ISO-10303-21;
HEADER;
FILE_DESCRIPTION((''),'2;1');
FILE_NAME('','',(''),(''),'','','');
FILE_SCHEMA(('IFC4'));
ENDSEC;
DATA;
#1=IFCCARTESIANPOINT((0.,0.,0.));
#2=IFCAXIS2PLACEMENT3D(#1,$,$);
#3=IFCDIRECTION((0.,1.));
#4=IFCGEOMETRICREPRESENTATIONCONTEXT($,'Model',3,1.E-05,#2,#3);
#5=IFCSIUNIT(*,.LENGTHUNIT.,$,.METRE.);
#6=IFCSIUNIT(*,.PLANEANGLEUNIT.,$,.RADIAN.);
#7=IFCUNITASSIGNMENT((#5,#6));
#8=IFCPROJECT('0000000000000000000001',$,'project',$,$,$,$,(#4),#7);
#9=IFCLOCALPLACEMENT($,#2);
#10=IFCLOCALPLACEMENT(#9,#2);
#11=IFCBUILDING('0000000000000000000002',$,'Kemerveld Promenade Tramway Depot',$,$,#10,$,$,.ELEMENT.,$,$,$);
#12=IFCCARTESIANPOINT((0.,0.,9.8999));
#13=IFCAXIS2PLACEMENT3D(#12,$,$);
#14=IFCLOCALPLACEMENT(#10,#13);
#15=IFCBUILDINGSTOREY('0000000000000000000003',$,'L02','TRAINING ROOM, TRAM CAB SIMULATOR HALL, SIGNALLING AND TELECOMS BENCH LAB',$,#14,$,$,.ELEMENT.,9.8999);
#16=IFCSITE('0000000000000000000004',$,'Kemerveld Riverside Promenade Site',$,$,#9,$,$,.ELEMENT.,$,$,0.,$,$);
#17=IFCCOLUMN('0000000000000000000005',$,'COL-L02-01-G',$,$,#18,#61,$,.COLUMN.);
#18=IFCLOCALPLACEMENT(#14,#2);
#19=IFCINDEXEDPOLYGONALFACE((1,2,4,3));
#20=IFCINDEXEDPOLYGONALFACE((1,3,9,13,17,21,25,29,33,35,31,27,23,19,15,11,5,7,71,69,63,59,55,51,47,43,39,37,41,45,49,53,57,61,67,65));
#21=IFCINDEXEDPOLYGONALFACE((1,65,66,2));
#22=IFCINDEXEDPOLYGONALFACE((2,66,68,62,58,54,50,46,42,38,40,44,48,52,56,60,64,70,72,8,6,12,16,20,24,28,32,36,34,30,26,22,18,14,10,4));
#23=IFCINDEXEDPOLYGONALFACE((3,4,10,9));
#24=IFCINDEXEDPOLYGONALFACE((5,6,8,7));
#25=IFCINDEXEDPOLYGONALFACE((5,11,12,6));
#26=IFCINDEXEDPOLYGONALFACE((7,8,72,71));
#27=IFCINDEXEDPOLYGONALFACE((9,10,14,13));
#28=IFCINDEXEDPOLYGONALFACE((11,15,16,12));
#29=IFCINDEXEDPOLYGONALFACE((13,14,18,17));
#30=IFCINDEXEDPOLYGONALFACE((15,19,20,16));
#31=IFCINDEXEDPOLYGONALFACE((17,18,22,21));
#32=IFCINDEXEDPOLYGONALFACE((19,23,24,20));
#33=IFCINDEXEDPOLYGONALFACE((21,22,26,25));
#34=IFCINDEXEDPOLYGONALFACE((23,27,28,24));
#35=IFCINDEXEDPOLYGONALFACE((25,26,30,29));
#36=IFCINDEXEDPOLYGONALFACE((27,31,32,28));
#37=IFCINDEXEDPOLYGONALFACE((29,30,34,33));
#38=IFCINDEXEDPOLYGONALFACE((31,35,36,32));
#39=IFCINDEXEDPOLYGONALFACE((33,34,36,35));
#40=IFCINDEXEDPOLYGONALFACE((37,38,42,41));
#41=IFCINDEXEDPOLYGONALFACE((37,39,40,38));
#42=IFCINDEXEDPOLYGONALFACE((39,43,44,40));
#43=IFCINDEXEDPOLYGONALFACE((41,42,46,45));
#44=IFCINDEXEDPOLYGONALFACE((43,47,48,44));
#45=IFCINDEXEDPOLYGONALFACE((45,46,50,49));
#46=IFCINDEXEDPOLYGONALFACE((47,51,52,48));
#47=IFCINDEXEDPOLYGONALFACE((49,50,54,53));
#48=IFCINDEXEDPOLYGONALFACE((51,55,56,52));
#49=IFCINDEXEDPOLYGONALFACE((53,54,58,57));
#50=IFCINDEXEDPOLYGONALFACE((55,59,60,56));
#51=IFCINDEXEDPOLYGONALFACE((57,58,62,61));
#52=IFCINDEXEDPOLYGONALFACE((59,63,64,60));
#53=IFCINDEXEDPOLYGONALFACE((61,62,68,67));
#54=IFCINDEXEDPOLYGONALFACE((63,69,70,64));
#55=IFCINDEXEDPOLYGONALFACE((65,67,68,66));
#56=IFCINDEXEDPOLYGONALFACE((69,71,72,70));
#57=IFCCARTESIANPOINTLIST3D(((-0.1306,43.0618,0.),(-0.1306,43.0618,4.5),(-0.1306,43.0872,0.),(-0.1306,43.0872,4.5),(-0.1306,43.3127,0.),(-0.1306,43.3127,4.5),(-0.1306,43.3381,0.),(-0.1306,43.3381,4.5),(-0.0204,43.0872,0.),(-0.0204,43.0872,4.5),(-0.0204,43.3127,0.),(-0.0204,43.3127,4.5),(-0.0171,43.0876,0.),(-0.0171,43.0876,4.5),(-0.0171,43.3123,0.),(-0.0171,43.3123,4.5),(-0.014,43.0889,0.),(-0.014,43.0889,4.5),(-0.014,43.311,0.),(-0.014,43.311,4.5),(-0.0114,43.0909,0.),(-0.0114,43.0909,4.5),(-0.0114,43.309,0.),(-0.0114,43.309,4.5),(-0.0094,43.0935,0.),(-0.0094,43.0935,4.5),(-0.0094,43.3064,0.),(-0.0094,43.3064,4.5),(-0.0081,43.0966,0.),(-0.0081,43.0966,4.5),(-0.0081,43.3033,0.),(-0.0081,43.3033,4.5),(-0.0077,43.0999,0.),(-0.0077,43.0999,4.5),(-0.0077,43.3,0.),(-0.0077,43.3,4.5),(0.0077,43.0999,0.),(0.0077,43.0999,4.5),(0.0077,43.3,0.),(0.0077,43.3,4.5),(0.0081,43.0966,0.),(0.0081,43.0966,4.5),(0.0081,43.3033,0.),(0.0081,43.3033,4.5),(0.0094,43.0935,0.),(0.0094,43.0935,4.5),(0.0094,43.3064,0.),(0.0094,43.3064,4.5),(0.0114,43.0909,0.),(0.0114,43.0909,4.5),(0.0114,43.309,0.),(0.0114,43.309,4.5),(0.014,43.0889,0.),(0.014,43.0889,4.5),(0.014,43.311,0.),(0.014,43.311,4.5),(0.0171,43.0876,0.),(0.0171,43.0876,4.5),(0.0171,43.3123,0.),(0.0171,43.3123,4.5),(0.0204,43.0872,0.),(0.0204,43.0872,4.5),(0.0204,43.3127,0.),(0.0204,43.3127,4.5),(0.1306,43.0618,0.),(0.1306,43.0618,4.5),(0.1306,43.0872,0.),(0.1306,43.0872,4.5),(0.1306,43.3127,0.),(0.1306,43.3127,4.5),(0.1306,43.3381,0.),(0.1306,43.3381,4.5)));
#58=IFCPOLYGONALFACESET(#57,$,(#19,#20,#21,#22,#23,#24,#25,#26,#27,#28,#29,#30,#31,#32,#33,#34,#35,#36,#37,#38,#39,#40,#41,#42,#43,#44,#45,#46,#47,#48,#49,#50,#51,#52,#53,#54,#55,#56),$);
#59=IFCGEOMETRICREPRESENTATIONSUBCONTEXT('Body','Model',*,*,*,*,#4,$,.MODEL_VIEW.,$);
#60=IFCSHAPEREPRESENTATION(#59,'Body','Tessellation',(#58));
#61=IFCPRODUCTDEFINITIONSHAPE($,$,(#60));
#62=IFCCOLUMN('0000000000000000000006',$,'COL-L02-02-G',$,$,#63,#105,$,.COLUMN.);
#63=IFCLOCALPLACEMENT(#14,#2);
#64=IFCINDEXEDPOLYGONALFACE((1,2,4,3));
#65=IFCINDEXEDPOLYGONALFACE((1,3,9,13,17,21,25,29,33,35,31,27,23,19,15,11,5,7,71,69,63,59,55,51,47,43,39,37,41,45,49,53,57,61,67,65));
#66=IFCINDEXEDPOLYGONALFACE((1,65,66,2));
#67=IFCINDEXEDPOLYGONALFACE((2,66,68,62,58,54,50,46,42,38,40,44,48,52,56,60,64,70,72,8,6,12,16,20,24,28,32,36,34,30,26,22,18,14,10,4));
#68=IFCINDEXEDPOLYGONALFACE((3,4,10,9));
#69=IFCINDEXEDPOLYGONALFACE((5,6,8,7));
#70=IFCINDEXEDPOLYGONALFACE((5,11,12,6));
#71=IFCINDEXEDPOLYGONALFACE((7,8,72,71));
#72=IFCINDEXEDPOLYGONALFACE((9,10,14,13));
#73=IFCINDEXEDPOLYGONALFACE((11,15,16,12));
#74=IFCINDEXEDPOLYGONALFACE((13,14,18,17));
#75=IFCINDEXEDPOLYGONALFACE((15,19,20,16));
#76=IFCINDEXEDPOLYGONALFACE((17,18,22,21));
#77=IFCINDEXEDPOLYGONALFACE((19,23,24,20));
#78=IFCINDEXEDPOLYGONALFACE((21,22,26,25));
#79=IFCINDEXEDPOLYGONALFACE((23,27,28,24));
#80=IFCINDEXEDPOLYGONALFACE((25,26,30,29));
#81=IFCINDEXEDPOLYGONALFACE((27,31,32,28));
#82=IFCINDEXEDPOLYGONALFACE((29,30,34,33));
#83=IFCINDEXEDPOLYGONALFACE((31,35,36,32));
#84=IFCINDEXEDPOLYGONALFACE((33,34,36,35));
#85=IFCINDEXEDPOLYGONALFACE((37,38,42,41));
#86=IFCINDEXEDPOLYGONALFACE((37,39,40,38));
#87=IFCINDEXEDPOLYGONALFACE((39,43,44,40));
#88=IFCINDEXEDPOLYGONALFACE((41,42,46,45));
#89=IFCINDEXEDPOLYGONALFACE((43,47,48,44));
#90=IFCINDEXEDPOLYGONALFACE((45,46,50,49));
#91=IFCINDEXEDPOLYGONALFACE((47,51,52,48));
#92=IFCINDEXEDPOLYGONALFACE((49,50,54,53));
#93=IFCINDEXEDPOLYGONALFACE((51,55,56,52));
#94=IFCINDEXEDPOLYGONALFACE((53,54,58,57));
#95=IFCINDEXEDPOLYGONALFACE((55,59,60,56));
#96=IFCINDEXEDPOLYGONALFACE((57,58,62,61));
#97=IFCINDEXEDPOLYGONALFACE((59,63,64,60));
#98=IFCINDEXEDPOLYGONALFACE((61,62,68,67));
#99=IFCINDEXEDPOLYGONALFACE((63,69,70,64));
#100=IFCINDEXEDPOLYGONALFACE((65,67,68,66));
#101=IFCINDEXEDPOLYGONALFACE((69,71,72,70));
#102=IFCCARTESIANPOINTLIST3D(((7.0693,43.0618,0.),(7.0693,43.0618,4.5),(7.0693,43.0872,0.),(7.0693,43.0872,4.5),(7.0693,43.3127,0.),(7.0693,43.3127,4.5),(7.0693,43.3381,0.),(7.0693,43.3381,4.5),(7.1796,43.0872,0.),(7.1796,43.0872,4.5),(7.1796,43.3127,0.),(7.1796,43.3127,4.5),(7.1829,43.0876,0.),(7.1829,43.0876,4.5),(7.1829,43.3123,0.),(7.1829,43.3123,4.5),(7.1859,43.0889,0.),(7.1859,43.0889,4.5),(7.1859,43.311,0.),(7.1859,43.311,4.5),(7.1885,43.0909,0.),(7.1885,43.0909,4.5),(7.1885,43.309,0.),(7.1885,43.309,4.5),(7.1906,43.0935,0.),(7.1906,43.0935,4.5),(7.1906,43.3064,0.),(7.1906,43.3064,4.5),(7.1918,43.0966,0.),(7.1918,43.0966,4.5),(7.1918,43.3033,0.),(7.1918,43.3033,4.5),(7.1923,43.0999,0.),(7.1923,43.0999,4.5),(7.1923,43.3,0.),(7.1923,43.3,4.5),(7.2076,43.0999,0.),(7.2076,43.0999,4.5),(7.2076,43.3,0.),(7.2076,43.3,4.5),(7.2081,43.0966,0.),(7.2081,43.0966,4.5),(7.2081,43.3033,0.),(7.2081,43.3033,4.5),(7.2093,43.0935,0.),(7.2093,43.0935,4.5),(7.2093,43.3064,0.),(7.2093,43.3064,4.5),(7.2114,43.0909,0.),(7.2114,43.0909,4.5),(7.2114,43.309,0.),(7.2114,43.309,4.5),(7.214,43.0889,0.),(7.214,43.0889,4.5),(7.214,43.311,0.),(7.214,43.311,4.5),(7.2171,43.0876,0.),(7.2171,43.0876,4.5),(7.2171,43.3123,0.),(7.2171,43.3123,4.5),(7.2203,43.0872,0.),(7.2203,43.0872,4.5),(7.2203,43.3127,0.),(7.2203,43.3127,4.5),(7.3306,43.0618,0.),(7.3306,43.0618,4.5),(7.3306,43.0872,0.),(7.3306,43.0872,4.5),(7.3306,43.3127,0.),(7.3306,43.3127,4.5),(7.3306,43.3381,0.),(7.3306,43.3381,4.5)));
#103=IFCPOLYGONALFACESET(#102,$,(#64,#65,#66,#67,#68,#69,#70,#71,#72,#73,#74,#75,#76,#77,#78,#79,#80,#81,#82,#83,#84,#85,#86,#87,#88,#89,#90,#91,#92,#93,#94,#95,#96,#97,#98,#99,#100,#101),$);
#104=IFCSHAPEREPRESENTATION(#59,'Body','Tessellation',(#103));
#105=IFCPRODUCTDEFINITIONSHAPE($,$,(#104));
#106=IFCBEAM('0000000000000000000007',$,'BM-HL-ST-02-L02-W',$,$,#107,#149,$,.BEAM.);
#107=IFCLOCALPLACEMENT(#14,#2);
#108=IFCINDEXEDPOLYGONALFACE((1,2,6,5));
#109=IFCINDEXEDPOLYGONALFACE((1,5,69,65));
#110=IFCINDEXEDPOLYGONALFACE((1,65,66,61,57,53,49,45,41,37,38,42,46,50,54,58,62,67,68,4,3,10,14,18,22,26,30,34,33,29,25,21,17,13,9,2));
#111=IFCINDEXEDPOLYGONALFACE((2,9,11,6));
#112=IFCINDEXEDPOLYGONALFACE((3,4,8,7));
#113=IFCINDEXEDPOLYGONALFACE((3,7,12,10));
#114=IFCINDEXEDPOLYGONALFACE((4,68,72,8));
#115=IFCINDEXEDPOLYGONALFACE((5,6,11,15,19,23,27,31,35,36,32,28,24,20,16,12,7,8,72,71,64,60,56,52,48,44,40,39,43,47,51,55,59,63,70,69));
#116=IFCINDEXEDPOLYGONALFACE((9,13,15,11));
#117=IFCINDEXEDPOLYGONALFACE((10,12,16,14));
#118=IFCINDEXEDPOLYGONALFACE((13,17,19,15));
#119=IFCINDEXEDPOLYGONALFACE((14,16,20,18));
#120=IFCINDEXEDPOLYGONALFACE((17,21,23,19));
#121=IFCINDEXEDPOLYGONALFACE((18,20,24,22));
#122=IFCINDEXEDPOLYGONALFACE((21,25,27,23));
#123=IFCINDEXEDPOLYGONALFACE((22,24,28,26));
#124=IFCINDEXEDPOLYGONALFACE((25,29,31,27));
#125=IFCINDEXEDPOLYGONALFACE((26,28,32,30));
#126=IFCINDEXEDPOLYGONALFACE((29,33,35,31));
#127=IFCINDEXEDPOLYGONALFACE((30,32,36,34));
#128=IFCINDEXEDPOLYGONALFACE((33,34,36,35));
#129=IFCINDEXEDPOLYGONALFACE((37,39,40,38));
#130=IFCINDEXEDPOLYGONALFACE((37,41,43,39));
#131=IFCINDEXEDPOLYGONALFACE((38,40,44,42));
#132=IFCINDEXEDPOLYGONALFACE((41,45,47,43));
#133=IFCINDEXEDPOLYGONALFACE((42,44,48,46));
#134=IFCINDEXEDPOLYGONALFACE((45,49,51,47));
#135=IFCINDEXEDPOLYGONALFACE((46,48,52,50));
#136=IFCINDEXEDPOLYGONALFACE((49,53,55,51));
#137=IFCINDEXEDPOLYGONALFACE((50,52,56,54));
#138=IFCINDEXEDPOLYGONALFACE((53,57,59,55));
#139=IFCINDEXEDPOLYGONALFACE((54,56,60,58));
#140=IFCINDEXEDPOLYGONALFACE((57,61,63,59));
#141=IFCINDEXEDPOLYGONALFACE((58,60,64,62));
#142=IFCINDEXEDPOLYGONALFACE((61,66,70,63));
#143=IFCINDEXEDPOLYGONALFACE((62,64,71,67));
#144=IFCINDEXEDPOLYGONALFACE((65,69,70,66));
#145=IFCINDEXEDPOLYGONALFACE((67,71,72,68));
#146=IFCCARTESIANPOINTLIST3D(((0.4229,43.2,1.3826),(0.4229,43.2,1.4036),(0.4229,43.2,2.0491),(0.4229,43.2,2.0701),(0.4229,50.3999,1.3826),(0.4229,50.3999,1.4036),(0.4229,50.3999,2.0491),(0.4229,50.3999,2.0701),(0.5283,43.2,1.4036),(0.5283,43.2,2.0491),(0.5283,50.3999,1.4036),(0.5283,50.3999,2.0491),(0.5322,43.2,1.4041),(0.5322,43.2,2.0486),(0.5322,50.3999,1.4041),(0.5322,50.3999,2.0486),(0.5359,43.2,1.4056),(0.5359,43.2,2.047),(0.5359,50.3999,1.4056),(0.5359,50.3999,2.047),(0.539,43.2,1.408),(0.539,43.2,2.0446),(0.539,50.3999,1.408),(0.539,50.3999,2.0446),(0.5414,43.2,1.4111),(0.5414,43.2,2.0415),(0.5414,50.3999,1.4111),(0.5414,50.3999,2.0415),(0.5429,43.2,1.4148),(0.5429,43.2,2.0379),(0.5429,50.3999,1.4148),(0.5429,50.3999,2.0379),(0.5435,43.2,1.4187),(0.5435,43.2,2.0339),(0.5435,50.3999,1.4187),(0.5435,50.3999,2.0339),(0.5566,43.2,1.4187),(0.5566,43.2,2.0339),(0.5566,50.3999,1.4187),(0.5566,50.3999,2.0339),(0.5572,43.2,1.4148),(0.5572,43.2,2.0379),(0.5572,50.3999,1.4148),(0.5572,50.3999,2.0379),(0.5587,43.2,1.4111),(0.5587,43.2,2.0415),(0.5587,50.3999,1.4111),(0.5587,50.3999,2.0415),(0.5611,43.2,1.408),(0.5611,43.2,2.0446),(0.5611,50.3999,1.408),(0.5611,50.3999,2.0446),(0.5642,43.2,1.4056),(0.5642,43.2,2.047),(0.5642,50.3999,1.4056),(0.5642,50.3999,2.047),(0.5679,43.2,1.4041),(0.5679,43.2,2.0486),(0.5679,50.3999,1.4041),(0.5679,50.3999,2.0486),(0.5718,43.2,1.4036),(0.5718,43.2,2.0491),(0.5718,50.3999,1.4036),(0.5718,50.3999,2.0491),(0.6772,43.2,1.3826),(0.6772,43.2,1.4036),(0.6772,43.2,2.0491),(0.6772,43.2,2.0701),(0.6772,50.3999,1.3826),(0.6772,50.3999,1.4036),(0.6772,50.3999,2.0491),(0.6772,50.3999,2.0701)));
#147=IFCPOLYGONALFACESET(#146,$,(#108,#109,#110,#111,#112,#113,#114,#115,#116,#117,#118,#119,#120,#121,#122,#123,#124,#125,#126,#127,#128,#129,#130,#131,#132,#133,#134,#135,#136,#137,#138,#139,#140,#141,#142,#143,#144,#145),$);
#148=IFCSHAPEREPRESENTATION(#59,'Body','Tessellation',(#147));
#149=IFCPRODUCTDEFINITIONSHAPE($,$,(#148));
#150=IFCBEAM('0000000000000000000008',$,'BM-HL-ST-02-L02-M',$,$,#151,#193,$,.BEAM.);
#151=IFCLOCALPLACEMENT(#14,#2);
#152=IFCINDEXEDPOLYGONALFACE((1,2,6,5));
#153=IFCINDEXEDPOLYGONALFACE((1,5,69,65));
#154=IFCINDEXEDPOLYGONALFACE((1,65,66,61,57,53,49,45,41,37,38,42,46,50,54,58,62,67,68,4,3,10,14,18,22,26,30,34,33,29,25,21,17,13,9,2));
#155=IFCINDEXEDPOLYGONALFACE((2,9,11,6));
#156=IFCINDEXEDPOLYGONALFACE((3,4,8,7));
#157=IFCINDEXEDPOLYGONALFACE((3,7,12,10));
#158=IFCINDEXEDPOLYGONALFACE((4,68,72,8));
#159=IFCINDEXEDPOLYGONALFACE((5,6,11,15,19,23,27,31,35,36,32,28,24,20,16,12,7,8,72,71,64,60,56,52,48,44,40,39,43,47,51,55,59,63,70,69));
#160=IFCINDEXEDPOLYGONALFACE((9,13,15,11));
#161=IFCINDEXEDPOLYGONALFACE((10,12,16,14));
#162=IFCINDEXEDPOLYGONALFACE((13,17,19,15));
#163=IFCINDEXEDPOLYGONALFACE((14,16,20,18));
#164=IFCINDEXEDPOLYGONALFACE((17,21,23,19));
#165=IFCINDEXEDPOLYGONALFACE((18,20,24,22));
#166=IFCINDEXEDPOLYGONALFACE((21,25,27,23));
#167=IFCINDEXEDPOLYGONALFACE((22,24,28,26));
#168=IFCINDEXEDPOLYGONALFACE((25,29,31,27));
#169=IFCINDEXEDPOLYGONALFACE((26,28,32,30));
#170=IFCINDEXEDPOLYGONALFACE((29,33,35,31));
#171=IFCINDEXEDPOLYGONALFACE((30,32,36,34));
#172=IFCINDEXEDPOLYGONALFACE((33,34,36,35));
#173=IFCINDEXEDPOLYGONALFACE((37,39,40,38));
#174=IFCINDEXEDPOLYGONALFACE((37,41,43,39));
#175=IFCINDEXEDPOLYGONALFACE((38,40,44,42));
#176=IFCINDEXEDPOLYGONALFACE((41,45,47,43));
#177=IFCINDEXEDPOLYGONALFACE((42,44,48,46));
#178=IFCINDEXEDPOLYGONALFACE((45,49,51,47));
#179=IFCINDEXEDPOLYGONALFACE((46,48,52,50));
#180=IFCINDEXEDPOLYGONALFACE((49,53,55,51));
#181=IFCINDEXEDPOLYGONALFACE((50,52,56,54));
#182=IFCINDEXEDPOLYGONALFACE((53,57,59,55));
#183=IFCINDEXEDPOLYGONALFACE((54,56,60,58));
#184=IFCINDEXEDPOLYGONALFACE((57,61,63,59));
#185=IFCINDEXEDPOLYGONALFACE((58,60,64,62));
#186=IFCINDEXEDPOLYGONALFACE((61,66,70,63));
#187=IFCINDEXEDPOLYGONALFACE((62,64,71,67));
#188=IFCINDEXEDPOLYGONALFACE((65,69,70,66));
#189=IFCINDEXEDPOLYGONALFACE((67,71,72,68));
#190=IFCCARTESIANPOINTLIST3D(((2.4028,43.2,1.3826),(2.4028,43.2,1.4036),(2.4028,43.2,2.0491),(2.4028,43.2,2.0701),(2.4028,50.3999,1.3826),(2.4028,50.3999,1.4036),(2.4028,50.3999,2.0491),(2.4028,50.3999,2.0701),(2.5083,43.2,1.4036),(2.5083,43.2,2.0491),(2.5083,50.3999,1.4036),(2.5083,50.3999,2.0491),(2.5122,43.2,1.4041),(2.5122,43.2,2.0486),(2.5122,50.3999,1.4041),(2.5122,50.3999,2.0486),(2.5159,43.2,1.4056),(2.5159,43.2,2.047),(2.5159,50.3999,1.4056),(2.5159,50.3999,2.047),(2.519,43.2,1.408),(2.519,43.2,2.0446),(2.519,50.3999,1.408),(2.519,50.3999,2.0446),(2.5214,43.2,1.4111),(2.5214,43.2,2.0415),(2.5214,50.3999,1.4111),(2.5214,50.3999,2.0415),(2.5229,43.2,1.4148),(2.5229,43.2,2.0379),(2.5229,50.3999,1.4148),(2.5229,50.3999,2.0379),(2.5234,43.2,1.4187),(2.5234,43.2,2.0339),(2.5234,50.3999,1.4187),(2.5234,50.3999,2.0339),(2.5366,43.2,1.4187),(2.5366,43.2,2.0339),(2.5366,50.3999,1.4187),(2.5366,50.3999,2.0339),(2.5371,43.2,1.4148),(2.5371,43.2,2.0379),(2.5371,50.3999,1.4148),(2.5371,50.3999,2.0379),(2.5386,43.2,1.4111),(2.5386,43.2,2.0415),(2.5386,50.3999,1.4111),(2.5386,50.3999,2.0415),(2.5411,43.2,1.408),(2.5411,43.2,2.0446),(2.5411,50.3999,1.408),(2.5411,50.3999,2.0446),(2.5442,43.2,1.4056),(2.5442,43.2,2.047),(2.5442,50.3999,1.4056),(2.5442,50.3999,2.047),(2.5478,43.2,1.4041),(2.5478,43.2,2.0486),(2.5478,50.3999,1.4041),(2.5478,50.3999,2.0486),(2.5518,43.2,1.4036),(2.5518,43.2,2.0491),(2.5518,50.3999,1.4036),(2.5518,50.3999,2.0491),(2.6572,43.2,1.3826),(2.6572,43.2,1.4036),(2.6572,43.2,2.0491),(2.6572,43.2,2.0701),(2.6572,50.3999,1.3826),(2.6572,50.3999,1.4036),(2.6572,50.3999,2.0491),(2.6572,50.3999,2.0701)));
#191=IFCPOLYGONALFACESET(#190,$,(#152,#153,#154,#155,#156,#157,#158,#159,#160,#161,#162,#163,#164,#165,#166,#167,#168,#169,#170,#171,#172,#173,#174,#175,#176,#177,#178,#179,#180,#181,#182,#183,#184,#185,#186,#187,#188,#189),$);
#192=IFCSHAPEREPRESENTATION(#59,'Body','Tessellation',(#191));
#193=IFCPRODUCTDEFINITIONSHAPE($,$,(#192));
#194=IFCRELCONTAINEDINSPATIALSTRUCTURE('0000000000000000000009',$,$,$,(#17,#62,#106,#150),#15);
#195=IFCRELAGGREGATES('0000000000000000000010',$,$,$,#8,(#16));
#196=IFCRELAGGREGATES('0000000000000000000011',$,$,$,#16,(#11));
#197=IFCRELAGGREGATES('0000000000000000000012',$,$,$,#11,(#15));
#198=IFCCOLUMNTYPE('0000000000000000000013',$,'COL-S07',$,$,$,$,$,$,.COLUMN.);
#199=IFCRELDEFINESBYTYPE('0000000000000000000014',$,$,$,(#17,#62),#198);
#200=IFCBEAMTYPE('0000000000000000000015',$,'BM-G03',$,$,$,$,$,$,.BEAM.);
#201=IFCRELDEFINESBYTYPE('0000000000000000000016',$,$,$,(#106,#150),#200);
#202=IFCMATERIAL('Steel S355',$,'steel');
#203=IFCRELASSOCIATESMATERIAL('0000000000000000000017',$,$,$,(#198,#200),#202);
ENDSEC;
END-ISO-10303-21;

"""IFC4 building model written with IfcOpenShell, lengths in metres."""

from ifc_helpers import new_model, si_unit, direction, frame, origin, origin_2d, place, context, subcontext, project, spatial, i_section, extrude, material, material_profile, profile_set, type_object, element, save


model = new_model("IFC4")

# Units and contexts
model_context = context("Model", 3, precision=1e-05, world=origin(), true_north=direction((0.0, 1.0)))
body_context = subcontext(model_context, "Body", "Model", "MODEL_VIEW")
ifc_project = project(units=[si_unit("LENGTHUNIT", "METRE"), si_unit("PLANEANGLEUNIT", "RADIAN")], contexts=[model_context])

# Site, building, storey
site_placement = place(None, origin())
site = spatial("IfcSite", under=ifc_project, at=site_placement, Name="Kemerveld Riverside Promenade Site", CompositionType="ELEMENT", RefElevation=0.0)
building_placement = place(site_placement, origin())
building = spatial("IfcBuilding", under=site, at=building_placement, Name="Kemerveld Promenade Tramway Depot", CompositionType="ELEMENT")
storey_placement = place(building_placement, frame((0.0, 0.0, 9.8999)))
storey = spatial("IfcBuildingStorey", under=building, at=storey_placement, Name="L02", Description="TRAINING ROOM, TRAM CAB SIMULATOR HALL, SIGNALLING AND TELECOMS BENCH LAB", CompositionType="ELEMENT", Elevation=9.8999)

# Columns
ifc_material_1 = material(Name="Steel S355", Category="steel")
ifc_material_profile_1 = material_profile(ifc_material_1, i_section(OverallWidth=0.2612, OverallDepth=0.2764, WebThickness=0.0154, FlangeThickness=0.0254, FilletRadius=0.0127, at=origin_2d()), Name="254x254x132 UC")
ifc_profile_set_1 = profile_set([ifc_material_profile_1], Name="Steel S355")
column_type = type_object("IfcColumnType", Name="COL-S07", PredefinedType="COLUMN", material=ifc_profile_set_1)
for number, where, z_axis, x_axis, name in (
    (1, (0.0, 43.2, 0.0), (0.0, 0.0, 1.0), (1.0, 0.0, 0.0), "COL-L02-01-G"),
    (2, (7.2, 43.2, 0.0), (0.0, 0.0, 1.0), (1.0, 0.0, 0.0), "COL-L02-02-G"),
):
    element("IfcColumn", number, at=place(storey_placement, frame(where, z_axis=z_axis, x_axis=x_axis)), inside=storey, type_object=column_type, Name=name, PredefinedType="COLUMN", context=body_context, shape_type="SweptSolid", body=[
        extrude(i_section(OverallWidth=0.2612, OverallDepth=0.2764, WebThickness=0.0154, FlangeThickness=0.0254, FilletRadius=0.0127, at=origin_2d()), origin(), (0.0, 0.0, 1.0), 4.5),
    ])

# Beams
ifc_material_profile_2 = material_profile(ifc_material_1, i_section(OverallWidth=0.2544, OverallDepth=0.6875, WebThickness=0.0132, FlangeThickness=0.021, FilletRadius=0.0151, at=origin_2d()), Name="686x254x152 UB")
ifc_profile_set_2 = profile_set([ifc_material_profile_2], Name="Steel S355")
beam_type_1 = type_object("IfcBeamType", Name="BM-G03", PredefinedType="BEAM", material=ifc_profile_set_2)
for number, where, z_axis, x_axis, name in (
    (3, (0.55, 43.2, 1.7263), (0.0, 1.0, 0.0), (-1.0, 0.0, 0.0), "BM-HL-ST-02-L02-W"),
    (4, (2.53, 43.2, 1.7263), (0.0, 1.0, 0.0), (-1.0, 0.0, 0.0), "BM-HL-ST-02-L02-M"),
):
    element("IfcBeam", number, at=place(storey_placement, frame(where, z_axis=z_axis, x_axis=x_axis)), inside=storey, type_object=beam_type_1, Name=name, PredefinedType="BEAM", context=body_context, shape_type="SweptSolid", body=[
        extrude(i_section(OverallWidth=0.2544, OverallDepth=0.6875, WebThickness=0.0132, FlangeThickness=0.021, FilletRadius=0.0151, at=origin_2d()), origin(), (0.0, 0.0, 1.0), 7.2),
    ])

save(model, "model.ifc")
